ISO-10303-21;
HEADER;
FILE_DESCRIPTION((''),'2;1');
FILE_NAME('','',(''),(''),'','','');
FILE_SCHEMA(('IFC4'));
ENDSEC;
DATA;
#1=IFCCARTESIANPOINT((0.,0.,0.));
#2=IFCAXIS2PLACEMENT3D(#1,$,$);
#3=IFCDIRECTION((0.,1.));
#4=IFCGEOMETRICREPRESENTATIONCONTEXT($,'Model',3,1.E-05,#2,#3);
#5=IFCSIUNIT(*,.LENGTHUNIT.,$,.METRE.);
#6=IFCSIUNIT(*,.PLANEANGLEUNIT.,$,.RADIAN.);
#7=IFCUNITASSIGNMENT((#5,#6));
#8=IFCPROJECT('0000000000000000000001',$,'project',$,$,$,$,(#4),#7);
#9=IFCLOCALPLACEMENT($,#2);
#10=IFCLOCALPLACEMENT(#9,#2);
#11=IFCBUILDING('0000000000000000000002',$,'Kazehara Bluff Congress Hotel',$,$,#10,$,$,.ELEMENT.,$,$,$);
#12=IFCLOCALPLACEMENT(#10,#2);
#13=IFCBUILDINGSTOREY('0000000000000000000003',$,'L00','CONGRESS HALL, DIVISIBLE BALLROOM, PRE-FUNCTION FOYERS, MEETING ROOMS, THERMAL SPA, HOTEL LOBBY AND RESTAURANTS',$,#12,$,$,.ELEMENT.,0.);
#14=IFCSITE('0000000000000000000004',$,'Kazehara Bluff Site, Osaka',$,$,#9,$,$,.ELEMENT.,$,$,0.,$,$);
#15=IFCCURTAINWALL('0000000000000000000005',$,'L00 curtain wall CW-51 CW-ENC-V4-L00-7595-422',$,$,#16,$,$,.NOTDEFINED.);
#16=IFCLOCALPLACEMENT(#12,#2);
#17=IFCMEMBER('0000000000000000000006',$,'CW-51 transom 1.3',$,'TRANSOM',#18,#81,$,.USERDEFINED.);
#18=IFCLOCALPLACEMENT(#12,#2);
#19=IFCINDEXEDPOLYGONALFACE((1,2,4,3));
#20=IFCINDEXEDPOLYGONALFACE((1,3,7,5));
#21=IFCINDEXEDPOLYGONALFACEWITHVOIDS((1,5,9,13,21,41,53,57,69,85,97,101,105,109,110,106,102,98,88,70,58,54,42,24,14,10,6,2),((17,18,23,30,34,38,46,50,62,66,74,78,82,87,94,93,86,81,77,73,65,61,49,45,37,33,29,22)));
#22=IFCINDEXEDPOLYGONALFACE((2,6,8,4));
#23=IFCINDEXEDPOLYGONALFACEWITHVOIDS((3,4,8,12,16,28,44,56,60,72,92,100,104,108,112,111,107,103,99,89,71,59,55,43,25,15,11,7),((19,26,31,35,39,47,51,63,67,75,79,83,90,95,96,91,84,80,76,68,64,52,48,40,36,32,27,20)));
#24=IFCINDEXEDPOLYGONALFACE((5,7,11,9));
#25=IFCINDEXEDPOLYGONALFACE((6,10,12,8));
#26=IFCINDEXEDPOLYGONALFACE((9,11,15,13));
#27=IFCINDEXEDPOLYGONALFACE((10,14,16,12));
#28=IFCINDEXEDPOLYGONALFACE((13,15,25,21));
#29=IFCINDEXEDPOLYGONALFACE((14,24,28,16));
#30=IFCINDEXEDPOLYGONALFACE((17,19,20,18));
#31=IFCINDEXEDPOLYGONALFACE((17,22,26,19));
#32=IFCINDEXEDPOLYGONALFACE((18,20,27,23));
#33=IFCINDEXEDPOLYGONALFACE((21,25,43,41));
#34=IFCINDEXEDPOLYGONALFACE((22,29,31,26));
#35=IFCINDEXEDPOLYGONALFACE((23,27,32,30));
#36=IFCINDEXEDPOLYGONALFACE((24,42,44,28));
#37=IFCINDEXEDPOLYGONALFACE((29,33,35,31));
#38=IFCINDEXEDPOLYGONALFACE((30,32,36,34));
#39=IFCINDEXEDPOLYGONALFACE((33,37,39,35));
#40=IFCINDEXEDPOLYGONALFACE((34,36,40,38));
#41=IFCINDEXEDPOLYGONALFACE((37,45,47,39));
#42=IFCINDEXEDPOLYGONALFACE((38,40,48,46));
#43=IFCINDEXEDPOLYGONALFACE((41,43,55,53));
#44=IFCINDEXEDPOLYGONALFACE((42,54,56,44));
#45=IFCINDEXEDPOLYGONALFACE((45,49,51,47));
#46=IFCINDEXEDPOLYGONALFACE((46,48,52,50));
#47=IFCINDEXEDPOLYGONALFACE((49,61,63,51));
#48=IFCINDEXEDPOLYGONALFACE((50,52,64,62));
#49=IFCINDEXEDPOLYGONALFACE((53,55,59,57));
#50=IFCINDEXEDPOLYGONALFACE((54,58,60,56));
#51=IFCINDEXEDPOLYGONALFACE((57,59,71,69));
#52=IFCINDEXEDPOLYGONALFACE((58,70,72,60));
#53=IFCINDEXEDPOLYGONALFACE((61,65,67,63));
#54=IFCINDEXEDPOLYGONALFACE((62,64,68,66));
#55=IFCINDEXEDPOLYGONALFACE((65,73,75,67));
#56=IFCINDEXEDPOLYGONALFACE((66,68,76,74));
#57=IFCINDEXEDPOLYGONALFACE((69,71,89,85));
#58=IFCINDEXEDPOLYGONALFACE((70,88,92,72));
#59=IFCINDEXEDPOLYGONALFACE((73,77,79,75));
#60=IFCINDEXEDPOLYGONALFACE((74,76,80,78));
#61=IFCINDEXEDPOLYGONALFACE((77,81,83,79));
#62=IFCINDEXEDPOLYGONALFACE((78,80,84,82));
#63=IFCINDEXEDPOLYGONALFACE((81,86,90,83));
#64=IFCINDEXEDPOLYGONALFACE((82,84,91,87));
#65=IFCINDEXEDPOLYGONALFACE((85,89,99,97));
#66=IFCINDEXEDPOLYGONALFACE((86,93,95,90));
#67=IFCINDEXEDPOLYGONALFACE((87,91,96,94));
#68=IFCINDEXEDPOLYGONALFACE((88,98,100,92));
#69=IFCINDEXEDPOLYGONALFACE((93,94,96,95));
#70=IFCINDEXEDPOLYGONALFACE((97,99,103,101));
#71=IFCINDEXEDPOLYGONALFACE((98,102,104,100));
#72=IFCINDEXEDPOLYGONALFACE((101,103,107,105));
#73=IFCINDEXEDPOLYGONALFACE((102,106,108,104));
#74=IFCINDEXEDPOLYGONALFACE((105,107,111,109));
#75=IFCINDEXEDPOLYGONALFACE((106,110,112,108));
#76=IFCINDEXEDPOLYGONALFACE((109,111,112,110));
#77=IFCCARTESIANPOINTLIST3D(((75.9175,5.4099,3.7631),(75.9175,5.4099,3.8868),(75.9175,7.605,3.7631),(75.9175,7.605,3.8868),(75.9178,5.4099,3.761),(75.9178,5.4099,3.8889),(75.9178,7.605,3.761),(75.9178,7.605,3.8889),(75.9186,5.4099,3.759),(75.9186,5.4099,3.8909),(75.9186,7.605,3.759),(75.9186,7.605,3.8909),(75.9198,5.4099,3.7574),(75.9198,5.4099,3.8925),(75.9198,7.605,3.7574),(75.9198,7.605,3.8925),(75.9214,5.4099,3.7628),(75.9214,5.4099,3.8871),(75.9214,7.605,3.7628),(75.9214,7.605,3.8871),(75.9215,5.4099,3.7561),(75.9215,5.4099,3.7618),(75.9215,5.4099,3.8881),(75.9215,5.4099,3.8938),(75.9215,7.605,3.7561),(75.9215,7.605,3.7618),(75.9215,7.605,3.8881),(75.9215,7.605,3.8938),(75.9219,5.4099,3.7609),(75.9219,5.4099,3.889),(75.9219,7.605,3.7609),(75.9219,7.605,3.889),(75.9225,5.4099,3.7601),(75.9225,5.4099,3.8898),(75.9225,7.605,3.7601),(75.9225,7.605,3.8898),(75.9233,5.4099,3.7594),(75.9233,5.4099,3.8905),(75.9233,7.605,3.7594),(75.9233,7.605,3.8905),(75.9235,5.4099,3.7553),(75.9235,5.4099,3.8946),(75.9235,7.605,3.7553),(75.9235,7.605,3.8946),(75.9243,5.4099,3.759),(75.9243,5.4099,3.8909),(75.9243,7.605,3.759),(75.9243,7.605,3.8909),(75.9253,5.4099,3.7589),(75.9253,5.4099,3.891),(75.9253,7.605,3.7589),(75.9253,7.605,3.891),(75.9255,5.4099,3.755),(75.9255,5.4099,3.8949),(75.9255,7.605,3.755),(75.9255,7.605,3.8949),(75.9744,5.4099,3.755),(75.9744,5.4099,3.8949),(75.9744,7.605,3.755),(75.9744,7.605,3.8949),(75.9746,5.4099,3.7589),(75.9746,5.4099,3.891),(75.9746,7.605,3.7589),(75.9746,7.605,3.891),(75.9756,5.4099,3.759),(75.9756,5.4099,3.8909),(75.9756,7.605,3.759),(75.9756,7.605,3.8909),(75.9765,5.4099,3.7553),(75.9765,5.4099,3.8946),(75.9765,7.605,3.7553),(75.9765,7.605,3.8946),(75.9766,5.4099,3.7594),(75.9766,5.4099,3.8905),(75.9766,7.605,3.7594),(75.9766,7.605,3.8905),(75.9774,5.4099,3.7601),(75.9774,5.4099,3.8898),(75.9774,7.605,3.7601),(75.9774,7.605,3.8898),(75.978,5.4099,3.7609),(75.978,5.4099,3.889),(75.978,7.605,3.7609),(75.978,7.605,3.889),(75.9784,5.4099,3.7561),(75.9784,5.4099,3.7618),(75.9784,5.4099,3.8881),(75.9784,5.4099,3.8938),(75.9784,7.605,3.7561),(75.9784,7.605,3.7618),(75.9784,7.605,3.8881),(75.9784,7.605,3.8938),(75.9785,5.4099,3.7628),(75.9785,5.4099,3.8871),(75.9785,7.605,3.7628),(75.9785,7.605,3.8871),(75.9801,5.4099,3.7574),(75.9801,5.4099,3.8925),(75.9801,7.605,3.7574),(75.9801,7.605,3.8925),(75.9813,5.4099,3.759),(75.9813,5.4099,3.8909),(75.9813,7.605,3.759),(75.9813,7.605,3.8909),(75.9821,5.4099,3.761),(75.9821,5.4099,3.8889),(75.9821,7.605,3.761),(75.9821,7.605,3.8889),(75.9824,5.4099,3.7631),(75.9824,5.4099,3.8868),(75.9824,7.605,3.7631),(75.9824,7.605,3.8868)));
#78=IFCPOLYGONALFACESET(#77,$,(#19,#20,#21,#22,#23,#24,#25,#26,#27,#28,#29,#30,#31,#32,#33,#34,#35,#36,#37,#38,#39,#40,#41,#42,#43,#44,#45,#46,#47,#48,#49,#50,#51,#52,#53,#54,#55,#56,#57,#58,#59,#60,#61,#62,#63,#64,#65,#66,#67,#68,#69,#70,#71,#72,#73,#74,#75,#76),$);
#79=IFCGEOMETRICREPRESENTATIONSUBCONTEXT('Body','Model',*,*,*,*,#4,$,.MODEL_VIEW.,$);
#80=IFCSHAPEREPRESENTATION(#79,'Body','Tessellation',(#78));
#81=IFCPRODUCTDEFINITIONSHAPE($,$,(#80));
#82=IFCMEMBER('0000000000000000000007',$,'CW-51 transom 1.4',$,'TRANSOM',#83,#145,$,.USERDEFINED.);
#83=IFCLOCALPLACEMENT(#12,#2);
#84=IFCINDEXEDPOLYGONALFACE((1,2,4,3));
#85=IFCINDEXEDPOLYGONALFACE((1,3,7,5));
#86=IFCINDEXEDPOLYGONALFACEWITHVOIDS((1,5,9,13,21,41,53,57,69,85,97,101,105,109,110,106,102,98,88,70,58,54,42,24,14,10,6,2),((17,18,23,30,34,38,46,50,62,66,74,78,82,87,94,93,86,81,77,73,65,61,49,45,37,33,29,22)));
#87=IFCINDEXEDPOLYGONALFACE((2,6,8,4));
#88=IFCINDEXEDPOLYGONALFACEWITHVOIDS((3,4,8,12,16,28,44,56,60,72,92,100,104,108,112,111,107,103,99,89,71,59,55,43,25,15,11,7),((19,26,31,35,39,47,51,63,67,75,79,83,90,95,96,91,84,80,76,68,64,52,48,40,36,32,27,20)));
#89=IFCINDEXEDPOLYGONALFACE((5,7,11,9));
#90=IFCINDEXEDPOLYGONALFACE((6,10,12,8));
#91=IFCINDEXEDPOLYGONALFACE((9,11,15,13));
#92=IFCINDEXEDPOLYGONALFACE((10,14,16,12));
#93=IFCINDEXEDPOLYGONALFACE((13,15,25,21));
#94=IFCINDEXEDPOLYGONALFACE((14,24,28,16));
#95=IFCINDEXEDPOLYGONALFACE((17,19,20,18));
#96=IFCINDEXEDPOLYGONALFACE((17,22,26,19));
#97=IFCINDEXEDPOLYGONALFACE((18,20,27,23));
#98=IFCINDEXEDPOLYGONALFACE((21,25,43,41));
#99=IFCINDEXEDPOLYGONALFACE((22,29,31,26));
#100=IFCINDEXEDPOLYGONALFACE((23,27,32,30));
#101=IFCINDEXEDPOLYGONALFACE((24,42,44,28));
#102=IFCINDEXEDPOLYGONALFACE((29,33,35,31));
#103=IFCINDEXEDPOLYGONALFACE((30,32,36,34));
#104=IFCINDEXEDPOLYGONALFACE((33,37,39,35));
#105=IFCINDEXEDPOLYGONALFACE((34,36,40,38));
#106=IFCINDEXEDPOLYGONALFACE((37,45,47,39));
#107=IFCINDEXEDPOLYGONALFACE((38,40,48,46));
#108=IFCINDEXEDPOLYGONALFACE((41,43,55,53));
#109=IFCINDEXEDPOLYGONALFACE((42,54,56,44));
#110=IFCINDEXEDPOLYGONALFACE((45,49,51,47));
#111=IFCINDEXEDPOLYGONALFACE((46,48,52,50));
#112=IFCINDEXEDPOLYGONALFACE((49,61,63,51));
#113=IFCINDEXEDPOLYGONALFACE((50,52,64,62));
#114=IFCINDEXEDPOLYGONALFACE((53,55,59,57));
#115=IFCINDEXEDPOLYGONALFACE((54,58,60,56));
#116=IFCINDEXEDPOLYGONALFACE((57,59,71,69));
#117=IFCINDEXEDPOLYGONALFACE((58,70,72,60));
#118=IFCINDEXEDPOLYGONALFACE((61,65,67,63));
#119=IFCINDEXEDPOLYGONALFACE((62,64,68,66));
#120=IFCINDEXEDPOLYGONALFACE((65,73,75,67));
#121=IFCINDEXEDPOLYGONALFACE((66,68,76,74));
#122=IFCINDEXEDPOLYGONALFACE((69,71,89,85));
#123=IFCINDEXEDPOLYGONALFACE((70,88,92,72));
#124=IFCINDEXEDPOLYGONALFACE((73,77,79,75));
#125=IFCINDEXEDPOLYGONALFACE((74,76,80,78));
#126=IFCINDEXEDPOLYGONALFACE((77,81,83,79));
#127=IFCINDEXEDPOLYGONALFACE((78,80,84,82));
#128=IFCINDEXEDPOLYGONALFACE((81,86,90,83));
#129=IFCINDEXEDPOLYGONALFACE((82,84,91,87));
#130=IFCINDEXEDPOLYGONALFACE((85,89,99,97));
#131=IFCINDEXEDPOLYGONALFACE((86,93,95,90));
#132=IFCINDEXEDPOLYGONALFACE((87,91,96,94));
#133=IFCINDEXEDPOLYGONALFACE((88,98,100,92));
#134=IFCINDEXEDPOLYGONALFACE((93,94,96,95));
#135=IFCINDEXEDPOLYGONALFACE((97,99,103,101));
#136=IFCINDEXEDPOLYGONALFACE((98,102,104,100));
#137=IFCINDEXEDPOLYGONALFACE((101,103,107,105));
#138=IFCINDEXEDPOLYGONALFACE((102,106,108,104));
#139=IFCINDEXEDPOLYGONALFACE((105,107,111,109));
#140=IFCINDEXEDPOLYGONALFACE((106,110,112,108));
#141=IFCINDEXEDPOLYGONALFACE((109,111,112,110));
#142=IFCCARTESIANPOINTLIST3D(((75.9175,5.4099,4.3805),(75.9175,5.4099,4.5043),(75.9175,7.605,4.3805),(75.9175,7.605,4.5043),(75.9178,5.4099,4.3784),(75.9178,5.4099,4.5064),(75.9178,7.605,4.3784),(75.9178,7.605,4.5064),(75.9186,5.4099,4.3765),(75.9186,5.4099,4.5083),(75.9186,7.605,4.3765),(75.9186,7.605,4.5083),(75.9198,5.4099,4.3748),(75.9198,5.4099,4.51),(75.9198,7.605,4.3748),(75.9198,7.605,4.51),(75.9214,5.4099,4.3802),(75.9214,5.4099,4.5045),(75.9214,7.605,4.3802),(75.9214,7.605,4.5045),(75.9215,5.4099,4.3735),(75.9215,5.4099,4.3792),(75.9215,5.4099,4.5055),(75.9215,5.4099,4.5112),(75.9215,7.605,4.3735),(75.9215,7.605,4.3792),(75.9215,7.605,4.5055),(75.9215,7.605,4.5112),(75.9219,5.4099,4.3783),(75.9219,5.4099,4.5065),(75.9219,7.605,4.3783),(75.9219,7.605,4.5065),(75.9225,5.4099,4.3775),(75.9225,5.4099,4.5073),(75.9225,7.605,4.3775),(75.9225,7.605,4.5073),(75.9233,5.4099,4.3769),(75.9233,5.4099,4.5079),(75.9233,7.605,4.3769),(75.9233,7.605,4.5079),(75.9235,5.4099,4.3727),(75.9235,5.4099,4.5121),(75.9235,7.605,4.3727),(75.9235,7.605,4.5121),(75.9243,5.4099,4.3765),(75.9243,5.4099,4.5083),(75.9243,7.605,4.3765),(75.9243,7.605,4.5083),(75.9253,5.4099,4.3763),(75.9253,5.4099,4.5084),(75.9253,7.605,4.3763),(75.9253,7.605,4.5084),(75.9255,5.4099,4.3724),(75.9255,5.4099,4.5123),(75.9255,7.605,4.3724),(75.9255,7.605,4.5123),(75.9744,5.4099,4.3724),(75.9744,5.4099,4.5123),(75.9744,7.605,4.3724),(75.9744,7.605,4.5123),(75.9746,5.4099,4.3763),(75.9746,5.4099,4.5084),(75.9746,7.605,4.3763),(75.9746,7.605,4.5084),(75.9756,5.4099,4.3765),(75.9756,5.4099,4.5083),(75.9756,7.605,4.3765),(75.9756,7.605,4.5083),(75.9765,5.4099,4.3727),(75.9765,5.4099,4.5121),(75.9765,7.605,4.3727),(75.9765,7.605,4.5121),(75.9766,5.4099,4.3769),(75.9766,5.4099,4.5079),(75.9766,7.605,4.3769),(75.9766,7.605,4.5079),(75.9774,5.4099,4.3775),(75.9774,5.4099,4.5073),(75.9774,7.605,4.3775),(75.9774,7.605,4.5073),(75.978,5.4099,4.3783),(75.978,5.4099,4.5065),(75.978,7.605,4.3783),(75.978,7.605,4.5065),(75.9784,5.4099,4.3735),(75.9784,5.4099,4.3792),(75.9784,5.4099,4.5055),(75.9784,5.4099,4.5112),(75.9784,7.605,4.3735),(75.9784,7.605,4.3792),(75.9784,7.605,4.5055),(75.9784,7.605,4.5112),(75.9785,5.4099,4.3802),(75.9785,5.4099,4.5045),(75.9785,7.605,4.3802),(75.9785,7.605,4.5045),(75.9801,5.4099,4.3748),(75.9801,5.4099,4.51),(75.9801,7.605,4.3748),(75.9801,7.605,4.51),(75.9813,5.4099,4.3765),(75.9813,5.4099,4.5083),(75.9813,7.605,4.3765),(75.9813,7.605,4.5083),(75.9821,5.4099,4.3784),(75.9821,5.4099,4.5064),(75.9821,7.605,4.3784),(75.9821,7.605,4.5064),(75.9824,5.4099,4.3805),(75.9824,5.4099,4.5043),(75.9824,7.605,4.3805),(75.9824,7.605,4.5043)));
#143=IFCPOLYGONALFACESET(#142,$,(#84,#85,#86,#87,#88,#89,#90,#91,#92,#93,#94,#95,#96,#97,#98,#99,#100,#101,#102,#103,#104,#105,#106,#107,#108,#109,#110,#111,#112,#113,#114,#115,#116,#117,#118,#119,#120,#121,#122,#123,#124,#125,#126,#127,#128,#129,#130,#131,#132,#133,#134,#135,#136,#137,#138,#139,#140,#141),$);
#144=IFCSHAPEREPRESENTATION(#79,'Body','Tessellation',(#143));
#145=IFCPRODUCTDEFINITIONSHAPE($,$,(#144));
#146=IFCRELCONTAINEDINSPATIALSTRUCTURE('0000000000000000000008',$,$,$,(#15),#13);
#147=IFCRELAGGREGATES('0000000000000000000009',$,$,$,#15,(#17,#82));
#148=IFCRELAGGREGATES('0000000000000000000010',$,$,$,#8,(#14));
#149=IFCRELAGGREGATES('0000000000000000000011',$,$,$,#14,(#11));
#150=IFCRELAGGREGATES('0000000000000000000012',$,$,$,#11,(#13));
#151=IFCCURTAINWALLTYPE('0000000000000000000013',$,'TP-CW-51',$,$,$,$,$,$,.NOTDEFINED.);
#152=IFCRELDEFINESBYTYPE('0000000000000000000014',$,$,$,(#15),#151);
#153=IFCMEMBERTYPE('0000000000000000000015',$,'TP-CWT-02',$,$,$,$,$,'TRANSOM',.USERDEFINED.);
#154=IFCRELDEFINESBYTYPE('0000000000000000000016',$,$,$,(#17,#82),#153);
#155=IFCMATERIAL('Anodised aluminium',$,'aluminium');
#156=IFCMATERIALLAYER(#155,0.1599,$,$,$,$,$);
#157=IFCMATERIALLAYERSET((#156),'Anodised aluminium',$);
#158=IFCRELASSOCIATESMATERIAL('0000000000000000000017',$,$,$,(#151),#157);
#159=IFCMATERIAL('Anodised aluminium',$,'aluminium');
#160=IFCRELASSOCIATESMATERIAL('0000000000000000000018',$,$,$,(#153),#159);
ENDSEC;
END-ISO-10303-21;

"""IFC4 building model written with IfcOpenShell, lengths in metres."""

from ifc_helpers import new_model, si_unit, direction, frame, origin, origin_2d, place, context, subcontext, project, spatial, hollow_rectangle, extrude, material, layer, layer_set, material_profile, profile_set, type_object, element, aggregate, save


model = new_model("IFC4")

# Units and contexts
model_context = context("Model", 3, precision=1e-05, world=origin(), true_north=direction((0.0, 1.0)))
body_context = subcontext(model_context, "Body", "Model", "MODEL_VIEW")
ifc_project = project(units=[si_unit("LENGTHUNIT", "METRE"), si_unit("PLANEANGLEUNIT", "RADIAN")], contexts=[model_context])

# Site, building, storey
site_placement = place(None, origin())
site = spatial("IfcSite", under=ifc_project, at=site_placement, Name="Kazehara Bluff Site, Osaka", CompositionType="ELEMENT", RefElevation=0.0)
building_placement = place(site_placement, origin())
building = spatial("IfcBuilding", under=site, at=building_placement, Name="Kazehara Bluff Congress Hotel", CompositionType="ELEMENT")
storey_placement = place(building_placement, origin())
storey = spatial("IfcBuildingStorey", under=building, at=storey_placement, Name="L00", Description="CONGRESS HALL, DIVISIBLE BALLROOM, PRE-FUNCTION FOYERS, MEETING ROOMS, THERMAL SPA, HOTEL LOBBY AND RESTAURANTS", CompositionType="ELEMENT", Elevation=0.0)

# Curtain wall
ifc_material_1 = material(Name="Anodised aluminium", Category="aluminium")
ifc_layer_1 = layer(ifc_material_1, 0.1599)
ifc_layer_set_1 = layer_set([ifc_layer_1], Name="Anodised aluminium")
curtain_wall_type_1 = type_object("IfcCurtainWallType", Name="TP-CW-51", PredefinedType="NOTDEFINED", material=ifc_layer_set_1)
curtain_wall_1_placement = place(storey_placement, origin())
curtain_wall_1 = element("IfcCurtainWall", 1, at=curtain_wall_1_placement, inside=storey, type_object=curtain_wall_type_1, Name="L00 curtain wall CW-51 CW-ENC-V4-L00-7595-422", PredefinedType="NOTDEFINED")

# Members
ifc_material_2 = material(Name="Anodised aluminium", Category="aluminium")
ifc_material_profile_1 = material_profile(ifc_material_2, hollow_rectangle(XDim=0.0649, YDim=0.1399, WallThickness=0.0039, InnerFilletRadius=0.0039, OuterFilletRadius=0.0081, at=origin_2d()))
ifc_profile_set_1 = profile_set([ifc_material_profile_1], Name="Anodised aluminium")
member_type_1 = type_object("IfcMemberType", Name="TP-CWT-02", ElementType="TRANSOM", PredefinedType="USERDEFINED", material=ifc_profile_set_1)
member_1_placement = place(storey_placement, frame((75.95, 7.605, 3.825), z_axis=(0.0, -1.0, 0.0), x_axis=(1.0, 0.0, 0.0)))
member_1 = element("IfcMember", 2, at=member_1_placement, type_object=member_type_1, Name="CW-51 transom 1.3", ObjectType="TRANSOM", PredefinedType="USERDEFINED", context=body_context, shape_type="SweptSolid", body=[
    extrude(hollow_rectangle(XDim=0.0649, YDim=0.1399, WallThickness=0.0039, InnerFilletRadius=0.0039, OuterFilletRadius=0.0081, at=origin_2d()), origin(), (0.0, 0.0, 1.0), 2.1951),
])
member_2_placement = place(storey_placement, frame((75.95, 7.605, 4.4424), z_axis=(0.0, -1.0, 0.0), x_axis=(1.0, 0.0, 0.0)))
member_2 = element("IfcMember", 3, at=member_2_placement, type_object=member_type_1, Name="CW-51 transom 1.4", ObjectType="TRANSOM", PredefinedType="USERDEFINED", context=body_context, shape_type="SweptSolid", body=[
    extrude(hollow_rectangle(XDim=0.0649, YDim=0.1399, WallThickness=0.0039, InnerFilletRadius=0.0039, OuterFilletRadius=0.0081, at=origin_2d()), origin(), (0.0, 0.0, 1.0), 2.1951),
])

aggregate(curtain_wall_1, [member_1, member_2])

save(model, "model.ifc")
